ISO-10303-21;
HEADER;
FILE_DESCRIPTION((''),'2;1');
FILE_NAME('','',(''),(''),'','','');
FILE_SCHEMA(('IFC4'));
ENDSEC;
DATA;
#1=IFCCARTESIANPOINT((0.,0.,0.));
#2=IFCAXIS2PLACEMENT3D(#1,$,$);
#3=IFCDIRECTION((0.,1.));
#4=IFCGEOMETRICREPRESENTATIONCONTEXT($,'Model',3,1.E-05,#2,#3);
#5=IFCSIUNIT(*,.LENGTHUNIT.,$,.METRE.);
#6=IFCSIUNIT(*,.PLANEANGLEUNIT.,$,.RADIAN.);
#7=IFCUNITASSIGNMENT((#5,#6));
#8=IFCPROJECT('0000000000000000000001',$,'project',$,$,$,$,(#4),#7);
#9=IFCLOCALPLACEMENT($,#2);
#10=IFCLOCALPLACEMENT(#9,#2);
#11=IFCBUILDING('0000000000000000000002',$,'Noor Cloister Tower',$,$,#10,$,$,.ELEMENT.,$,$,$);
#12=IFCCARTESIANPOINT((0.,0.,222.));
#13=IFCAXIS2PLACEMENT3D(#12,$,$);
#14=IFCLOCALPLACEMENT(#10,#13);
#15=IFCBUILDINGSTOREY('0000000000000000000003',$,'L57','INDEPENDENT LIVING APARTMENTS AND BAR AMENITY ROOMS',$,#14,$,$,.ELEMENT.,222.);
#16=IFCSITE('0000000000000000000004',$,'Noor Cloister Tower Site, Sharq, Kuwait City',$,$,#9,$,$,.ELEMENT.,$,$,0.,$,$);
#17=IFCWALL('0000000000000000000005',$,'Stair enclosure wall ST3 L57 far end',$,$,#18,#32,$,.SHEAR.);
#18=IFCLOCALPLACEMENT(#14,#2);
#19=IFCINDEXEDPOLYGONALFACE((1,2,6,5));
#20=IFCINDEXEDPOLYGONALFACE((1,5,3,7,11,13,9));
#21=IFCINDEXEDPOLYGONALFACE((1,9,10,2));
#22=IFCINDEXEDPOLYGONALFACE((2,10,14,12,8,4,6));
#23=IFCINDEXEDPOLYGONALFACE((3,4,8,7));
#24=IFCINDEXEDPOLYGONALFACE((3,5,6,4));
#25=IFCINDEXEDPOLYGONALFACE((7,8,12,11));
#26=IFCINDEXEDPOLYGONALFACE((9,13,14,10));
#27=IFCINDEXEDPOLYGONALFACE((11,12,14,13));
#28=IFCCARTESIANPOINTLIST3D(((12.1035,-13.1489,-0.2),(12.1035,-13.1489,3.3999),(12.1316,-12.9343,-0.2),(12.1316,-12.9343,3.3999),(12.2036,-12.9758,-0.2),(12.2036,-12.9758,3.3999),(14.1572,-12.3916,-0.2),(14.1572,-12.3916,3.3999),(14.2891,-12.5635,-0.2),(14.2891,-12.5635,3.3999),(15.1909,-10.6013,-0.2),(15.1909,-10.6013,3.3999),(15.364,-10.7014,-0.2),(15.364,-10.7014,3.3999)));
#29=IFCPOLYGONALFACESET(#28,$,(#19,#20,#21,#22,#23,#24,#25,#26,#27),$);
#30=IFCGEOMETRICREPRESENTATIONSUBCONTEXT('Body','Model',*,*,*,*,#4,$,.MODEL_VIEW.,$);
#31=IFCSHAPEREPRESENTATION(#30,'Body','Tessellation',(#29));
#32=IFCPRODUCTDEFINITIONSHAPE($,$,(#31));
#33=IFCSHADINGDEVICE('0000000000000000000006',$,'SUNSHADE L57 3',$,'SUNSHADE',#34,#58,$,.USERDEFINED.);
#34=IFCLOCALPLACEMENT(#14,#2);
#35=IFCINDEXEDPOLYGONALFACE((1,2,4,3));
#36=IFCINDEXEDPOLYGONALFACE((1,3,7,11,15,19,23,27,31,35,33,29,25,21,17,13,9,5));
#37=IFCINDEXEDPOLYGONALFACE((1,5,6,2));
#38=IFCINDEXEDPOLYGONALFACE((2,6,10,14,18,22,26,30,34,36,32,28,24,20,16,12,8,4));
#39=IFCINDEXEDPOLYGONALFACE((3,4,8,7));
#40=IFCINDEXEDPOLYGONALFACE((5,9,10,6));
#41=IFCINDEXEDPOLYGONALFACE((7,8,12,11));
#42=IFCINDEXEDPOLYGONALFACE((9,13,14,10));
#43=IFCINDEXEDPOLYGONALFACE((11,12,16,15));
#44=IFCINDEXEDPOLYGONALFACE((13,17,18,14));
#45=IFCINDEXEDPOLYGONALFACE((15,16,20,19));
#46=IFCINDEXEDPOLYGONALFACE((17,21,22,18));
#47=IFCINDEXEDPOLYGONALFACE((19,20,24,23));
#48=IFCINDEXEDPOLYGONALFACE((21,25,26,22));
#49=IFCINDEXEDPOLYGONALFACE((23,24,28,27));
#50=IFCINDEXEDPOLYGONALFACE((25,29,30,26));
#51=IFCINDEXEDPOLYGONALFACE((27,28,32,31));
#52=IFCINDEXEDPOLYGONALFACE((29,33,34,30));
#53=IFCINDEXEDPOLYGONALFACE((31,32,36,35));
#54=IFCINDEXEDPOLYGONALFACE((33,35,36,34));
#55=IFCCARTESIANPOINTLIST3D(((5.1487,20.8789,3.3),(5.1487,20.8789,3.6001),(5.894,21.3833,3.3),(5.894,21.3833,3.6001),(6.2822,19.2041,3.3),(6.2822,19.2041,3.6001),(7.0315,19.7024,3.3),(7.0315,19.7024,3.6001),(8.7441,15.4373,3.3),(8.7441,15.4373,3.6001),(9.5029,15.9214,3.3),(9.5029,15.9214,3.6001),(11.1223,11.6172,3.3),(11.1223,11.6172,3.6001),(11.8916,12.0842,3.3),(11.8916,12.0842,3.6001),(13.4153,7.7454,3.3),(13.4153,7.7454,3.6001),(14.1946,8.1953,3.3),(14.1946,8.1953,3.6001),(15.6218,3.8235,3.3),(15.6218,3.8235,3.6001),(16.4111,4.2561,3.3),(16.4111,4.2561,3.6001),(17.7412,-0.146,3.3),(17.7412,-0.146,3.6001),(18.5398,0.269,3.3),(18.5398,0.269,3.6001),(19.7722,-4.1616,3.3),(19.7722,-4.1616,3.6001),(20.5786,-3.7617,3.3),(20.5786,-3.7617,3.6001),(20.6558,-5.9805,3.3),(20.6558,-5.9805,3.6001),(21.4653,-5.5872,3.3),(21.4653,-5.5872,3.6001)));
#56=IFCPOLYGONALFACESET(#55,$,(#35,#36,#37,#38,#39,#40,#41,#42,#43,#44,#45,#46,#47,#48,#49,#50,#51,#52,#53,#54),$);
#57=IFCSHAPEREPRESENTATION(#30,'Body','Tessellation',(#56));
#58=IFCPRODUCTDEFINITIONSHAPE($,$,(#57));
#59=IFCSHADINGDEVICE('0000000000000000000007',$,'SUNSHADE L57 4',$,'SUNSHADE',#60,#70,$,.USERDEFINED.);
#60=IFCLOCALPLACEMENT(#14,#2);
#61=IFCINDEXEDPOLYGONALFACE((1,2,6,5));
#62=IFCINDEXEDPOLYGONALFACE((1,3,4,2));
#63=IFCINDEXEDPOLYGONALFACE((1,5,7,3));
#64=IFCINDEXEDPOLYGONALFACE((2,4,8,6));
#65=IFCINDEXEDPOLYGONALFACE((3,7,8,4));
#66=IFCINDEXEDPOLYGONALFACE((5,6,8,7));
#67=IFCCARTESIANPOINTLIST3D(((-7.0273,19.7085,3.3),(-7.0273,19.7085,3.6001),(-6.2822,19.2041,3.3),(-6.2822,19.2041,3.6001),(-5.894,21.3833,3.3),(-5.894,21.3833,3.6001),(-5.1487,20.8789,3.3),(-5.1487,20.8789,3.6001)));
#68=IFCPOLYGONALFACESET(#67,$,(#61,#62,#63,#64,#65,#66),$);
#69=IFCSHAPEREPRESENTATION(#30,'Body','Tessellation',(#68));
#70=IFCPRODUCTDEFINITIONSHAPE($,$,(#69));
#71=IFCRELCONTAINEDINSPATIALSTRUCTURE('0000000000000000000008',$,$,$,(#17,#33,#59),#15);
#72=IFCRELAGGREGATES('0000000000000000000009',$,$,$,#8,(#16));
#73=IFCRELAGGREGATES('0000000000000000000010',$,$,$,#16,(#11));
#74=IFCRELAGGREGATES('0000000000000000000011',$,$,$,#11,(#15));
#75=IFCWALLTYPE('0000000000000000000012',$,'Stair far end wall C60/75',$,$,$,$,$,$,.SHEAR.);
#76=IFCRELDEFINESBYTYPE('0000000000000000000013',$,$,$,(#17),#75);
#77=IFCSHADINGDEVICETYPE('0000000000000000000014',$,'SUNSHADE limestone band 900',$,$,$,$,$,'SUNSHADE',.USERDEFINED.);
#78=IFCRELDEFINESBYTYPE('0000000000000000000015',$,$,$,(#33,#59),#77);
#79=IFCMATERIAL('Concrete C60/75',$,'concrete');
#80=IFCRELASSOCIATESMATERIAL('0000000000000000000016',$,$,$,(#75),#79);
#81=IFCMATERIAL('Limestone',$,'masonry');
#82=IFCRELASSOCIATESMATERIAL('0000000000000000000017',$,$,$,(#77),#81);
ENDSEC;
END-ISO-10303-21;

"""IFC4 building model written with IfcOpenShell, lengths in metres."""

from ifc_helpers import new_model, si_unit, direction, frame, origin, place, context, subcontext, project, spatial, polyline, outline, extrude, material, type_object, element, save


model = new_model("IFC4")

# Units and contexts
model_context = context("Model", 3, precision=1e-05, world=origin(), true_north=direction((0.0, 1.0)))
body_context = subcontext(model_context, "Body", "Model", "MODEL_VIEW")
ifc_project = project(units=[si_unit("LENGTHUNIT", "METRE"), si_unit("PLANEANGLEUNIT", "RADIAN")], contexts=[model_context])

# Site, building, storey
site_placement = place(None, origin())
site = spatial("IfcSite", under=ifc_project, at=site_placement, Name="Noor Cloister Tower Site, Sharq, Kuwait City", CompositionType="ELEMENT", RefElevation=0.0)
building_placement = place(site_placement, origin())
building = spatial("IfcBuilding", under=site, at=building_placement, Name="Noor Cloister Tower", CompositionType="ELEMENT")
storey_placement = place(building_placement, frame((0.0, 0.0, 222.0)))
storey = spatial("IfcBuildingStorey", under=building, at=storey_placement, Name="L57", Description="INDEPENDENT LIVING APARTMENTS AND BAR AMENITY ROOMS", CompositionType="ELEMENT", Elevation=222.0)

# Wall
ifc_material_1 = material(Name="Concrete C60/75", Category="concrete")
wall_type_1 = type_object("IfcWallType", Name="Stair far end wall C60/75", PredefinedType="SHEAR", material=ifc_material_1)
wall_1_placement = place(storey_placement, frame((0.0, 0.0, -0.2)))
element("IfcWall", 1, at=wall_1_placement, inside=storey, type_object=wall_type_1, Name="Stair enclosure wall ST3 L57 far end", PredefinedType="SHEAR", context=body_context, shape_type="SweptSolid", body=[
    extrude(outline(polyline([(12.1035, -13.1489), (14.2891, -12.5635), (15.364, -10.7014), (15.1909, -10.6013), (14.1572, -12.3916), (12.1316, -12.9343), (12.2036, -12.9758), (12.2036, -12.9758), (12.2036, -12.9758), (12.2036, -12.9758), (12.2036, -12.9758), (12.2036, -12.9758), (12.2036, -12.9758), (12.2036, -12.9758), (12.2036, -12.9758), (12.2036, -12.9758), (12.2036, -12.9758), (12.2036, -12.9758), (12.2036, -12.9758), (12.2036, -12.9758), (12.2036, -12.9758), (12.2036, -12.9758), (12.2036, -12.9758), (12.1035, -13.1489)])), origin(), (0.0, 0.0, 1.0), 3.5999),
])

# Shading devices
ifc_material_2 = material(Name="Limestone", Category="masonry")
shading_device_type = type_object("IfcShadingDeviceType", Name="SUNSHADE limestone band 900", ElementType="SUNSHADE", PredefinedType="USERDEFINED", material=ifc_material_2)
shading_device_1_placement = place(storey_placement, frame((0.0, 0.0, 3.3)))
element("IfcShadingDevice", 2, at=shading_device_1_placement, inside=storey, type_object=shading_device_type, Name="SUNSHADE L57 3", ObjectType="SUNSHADE", PredefinedType="USERDEFINED", context=body_context, shape_type="SweptSolid", body=[
    extrude(outline(polyline([(21.4653, -5.5872), (20.5786, -3.7617), (18.5398, 0.269), (16.4111, 4.2561), (14.1946, 8.1953), (11.8916, 12.0842), (9.5029, 15.9214), (7.0315, 19.7024), (5.894, 21.3833), (5.1487, 20.8789), (6.2822, 19.2041), (8.7441, 15.4373), (11.1223, 11.6172), (13.4153, 7.7454), (15.6218, 3.8235), (17.7412, -0.146), (19.7722, -4.1616), (20.6558, -5.9805), (21.4653, -5.5872)])), origin(), (0.0, 0.0, 1.0), 0.3),
])
shading_device_2_placement = place(storey_placement, frame((0.0, 0.0, 3.3)))
element("IfcShadingDevice", 3, at=shading_device_2_placement, inside=storey, type_object=shading_device_type, Name="SUNSHADE L57 4", ObjectType="SUNSHADE", PredefinedType="USERDEFINED", context=body_context, shape_type="SweptSolid", body=[
    extrude(outline(polyline([(-5.894, 21.3833), (-7.0273, 19.7085), (-6.2822, 19.2041), (-5.1487, 20.8789), (-5.894, 21.3833)])), origin(), (0.0, 0.0, 1.0), 0.3),
])

save(model, "model.ifc")
